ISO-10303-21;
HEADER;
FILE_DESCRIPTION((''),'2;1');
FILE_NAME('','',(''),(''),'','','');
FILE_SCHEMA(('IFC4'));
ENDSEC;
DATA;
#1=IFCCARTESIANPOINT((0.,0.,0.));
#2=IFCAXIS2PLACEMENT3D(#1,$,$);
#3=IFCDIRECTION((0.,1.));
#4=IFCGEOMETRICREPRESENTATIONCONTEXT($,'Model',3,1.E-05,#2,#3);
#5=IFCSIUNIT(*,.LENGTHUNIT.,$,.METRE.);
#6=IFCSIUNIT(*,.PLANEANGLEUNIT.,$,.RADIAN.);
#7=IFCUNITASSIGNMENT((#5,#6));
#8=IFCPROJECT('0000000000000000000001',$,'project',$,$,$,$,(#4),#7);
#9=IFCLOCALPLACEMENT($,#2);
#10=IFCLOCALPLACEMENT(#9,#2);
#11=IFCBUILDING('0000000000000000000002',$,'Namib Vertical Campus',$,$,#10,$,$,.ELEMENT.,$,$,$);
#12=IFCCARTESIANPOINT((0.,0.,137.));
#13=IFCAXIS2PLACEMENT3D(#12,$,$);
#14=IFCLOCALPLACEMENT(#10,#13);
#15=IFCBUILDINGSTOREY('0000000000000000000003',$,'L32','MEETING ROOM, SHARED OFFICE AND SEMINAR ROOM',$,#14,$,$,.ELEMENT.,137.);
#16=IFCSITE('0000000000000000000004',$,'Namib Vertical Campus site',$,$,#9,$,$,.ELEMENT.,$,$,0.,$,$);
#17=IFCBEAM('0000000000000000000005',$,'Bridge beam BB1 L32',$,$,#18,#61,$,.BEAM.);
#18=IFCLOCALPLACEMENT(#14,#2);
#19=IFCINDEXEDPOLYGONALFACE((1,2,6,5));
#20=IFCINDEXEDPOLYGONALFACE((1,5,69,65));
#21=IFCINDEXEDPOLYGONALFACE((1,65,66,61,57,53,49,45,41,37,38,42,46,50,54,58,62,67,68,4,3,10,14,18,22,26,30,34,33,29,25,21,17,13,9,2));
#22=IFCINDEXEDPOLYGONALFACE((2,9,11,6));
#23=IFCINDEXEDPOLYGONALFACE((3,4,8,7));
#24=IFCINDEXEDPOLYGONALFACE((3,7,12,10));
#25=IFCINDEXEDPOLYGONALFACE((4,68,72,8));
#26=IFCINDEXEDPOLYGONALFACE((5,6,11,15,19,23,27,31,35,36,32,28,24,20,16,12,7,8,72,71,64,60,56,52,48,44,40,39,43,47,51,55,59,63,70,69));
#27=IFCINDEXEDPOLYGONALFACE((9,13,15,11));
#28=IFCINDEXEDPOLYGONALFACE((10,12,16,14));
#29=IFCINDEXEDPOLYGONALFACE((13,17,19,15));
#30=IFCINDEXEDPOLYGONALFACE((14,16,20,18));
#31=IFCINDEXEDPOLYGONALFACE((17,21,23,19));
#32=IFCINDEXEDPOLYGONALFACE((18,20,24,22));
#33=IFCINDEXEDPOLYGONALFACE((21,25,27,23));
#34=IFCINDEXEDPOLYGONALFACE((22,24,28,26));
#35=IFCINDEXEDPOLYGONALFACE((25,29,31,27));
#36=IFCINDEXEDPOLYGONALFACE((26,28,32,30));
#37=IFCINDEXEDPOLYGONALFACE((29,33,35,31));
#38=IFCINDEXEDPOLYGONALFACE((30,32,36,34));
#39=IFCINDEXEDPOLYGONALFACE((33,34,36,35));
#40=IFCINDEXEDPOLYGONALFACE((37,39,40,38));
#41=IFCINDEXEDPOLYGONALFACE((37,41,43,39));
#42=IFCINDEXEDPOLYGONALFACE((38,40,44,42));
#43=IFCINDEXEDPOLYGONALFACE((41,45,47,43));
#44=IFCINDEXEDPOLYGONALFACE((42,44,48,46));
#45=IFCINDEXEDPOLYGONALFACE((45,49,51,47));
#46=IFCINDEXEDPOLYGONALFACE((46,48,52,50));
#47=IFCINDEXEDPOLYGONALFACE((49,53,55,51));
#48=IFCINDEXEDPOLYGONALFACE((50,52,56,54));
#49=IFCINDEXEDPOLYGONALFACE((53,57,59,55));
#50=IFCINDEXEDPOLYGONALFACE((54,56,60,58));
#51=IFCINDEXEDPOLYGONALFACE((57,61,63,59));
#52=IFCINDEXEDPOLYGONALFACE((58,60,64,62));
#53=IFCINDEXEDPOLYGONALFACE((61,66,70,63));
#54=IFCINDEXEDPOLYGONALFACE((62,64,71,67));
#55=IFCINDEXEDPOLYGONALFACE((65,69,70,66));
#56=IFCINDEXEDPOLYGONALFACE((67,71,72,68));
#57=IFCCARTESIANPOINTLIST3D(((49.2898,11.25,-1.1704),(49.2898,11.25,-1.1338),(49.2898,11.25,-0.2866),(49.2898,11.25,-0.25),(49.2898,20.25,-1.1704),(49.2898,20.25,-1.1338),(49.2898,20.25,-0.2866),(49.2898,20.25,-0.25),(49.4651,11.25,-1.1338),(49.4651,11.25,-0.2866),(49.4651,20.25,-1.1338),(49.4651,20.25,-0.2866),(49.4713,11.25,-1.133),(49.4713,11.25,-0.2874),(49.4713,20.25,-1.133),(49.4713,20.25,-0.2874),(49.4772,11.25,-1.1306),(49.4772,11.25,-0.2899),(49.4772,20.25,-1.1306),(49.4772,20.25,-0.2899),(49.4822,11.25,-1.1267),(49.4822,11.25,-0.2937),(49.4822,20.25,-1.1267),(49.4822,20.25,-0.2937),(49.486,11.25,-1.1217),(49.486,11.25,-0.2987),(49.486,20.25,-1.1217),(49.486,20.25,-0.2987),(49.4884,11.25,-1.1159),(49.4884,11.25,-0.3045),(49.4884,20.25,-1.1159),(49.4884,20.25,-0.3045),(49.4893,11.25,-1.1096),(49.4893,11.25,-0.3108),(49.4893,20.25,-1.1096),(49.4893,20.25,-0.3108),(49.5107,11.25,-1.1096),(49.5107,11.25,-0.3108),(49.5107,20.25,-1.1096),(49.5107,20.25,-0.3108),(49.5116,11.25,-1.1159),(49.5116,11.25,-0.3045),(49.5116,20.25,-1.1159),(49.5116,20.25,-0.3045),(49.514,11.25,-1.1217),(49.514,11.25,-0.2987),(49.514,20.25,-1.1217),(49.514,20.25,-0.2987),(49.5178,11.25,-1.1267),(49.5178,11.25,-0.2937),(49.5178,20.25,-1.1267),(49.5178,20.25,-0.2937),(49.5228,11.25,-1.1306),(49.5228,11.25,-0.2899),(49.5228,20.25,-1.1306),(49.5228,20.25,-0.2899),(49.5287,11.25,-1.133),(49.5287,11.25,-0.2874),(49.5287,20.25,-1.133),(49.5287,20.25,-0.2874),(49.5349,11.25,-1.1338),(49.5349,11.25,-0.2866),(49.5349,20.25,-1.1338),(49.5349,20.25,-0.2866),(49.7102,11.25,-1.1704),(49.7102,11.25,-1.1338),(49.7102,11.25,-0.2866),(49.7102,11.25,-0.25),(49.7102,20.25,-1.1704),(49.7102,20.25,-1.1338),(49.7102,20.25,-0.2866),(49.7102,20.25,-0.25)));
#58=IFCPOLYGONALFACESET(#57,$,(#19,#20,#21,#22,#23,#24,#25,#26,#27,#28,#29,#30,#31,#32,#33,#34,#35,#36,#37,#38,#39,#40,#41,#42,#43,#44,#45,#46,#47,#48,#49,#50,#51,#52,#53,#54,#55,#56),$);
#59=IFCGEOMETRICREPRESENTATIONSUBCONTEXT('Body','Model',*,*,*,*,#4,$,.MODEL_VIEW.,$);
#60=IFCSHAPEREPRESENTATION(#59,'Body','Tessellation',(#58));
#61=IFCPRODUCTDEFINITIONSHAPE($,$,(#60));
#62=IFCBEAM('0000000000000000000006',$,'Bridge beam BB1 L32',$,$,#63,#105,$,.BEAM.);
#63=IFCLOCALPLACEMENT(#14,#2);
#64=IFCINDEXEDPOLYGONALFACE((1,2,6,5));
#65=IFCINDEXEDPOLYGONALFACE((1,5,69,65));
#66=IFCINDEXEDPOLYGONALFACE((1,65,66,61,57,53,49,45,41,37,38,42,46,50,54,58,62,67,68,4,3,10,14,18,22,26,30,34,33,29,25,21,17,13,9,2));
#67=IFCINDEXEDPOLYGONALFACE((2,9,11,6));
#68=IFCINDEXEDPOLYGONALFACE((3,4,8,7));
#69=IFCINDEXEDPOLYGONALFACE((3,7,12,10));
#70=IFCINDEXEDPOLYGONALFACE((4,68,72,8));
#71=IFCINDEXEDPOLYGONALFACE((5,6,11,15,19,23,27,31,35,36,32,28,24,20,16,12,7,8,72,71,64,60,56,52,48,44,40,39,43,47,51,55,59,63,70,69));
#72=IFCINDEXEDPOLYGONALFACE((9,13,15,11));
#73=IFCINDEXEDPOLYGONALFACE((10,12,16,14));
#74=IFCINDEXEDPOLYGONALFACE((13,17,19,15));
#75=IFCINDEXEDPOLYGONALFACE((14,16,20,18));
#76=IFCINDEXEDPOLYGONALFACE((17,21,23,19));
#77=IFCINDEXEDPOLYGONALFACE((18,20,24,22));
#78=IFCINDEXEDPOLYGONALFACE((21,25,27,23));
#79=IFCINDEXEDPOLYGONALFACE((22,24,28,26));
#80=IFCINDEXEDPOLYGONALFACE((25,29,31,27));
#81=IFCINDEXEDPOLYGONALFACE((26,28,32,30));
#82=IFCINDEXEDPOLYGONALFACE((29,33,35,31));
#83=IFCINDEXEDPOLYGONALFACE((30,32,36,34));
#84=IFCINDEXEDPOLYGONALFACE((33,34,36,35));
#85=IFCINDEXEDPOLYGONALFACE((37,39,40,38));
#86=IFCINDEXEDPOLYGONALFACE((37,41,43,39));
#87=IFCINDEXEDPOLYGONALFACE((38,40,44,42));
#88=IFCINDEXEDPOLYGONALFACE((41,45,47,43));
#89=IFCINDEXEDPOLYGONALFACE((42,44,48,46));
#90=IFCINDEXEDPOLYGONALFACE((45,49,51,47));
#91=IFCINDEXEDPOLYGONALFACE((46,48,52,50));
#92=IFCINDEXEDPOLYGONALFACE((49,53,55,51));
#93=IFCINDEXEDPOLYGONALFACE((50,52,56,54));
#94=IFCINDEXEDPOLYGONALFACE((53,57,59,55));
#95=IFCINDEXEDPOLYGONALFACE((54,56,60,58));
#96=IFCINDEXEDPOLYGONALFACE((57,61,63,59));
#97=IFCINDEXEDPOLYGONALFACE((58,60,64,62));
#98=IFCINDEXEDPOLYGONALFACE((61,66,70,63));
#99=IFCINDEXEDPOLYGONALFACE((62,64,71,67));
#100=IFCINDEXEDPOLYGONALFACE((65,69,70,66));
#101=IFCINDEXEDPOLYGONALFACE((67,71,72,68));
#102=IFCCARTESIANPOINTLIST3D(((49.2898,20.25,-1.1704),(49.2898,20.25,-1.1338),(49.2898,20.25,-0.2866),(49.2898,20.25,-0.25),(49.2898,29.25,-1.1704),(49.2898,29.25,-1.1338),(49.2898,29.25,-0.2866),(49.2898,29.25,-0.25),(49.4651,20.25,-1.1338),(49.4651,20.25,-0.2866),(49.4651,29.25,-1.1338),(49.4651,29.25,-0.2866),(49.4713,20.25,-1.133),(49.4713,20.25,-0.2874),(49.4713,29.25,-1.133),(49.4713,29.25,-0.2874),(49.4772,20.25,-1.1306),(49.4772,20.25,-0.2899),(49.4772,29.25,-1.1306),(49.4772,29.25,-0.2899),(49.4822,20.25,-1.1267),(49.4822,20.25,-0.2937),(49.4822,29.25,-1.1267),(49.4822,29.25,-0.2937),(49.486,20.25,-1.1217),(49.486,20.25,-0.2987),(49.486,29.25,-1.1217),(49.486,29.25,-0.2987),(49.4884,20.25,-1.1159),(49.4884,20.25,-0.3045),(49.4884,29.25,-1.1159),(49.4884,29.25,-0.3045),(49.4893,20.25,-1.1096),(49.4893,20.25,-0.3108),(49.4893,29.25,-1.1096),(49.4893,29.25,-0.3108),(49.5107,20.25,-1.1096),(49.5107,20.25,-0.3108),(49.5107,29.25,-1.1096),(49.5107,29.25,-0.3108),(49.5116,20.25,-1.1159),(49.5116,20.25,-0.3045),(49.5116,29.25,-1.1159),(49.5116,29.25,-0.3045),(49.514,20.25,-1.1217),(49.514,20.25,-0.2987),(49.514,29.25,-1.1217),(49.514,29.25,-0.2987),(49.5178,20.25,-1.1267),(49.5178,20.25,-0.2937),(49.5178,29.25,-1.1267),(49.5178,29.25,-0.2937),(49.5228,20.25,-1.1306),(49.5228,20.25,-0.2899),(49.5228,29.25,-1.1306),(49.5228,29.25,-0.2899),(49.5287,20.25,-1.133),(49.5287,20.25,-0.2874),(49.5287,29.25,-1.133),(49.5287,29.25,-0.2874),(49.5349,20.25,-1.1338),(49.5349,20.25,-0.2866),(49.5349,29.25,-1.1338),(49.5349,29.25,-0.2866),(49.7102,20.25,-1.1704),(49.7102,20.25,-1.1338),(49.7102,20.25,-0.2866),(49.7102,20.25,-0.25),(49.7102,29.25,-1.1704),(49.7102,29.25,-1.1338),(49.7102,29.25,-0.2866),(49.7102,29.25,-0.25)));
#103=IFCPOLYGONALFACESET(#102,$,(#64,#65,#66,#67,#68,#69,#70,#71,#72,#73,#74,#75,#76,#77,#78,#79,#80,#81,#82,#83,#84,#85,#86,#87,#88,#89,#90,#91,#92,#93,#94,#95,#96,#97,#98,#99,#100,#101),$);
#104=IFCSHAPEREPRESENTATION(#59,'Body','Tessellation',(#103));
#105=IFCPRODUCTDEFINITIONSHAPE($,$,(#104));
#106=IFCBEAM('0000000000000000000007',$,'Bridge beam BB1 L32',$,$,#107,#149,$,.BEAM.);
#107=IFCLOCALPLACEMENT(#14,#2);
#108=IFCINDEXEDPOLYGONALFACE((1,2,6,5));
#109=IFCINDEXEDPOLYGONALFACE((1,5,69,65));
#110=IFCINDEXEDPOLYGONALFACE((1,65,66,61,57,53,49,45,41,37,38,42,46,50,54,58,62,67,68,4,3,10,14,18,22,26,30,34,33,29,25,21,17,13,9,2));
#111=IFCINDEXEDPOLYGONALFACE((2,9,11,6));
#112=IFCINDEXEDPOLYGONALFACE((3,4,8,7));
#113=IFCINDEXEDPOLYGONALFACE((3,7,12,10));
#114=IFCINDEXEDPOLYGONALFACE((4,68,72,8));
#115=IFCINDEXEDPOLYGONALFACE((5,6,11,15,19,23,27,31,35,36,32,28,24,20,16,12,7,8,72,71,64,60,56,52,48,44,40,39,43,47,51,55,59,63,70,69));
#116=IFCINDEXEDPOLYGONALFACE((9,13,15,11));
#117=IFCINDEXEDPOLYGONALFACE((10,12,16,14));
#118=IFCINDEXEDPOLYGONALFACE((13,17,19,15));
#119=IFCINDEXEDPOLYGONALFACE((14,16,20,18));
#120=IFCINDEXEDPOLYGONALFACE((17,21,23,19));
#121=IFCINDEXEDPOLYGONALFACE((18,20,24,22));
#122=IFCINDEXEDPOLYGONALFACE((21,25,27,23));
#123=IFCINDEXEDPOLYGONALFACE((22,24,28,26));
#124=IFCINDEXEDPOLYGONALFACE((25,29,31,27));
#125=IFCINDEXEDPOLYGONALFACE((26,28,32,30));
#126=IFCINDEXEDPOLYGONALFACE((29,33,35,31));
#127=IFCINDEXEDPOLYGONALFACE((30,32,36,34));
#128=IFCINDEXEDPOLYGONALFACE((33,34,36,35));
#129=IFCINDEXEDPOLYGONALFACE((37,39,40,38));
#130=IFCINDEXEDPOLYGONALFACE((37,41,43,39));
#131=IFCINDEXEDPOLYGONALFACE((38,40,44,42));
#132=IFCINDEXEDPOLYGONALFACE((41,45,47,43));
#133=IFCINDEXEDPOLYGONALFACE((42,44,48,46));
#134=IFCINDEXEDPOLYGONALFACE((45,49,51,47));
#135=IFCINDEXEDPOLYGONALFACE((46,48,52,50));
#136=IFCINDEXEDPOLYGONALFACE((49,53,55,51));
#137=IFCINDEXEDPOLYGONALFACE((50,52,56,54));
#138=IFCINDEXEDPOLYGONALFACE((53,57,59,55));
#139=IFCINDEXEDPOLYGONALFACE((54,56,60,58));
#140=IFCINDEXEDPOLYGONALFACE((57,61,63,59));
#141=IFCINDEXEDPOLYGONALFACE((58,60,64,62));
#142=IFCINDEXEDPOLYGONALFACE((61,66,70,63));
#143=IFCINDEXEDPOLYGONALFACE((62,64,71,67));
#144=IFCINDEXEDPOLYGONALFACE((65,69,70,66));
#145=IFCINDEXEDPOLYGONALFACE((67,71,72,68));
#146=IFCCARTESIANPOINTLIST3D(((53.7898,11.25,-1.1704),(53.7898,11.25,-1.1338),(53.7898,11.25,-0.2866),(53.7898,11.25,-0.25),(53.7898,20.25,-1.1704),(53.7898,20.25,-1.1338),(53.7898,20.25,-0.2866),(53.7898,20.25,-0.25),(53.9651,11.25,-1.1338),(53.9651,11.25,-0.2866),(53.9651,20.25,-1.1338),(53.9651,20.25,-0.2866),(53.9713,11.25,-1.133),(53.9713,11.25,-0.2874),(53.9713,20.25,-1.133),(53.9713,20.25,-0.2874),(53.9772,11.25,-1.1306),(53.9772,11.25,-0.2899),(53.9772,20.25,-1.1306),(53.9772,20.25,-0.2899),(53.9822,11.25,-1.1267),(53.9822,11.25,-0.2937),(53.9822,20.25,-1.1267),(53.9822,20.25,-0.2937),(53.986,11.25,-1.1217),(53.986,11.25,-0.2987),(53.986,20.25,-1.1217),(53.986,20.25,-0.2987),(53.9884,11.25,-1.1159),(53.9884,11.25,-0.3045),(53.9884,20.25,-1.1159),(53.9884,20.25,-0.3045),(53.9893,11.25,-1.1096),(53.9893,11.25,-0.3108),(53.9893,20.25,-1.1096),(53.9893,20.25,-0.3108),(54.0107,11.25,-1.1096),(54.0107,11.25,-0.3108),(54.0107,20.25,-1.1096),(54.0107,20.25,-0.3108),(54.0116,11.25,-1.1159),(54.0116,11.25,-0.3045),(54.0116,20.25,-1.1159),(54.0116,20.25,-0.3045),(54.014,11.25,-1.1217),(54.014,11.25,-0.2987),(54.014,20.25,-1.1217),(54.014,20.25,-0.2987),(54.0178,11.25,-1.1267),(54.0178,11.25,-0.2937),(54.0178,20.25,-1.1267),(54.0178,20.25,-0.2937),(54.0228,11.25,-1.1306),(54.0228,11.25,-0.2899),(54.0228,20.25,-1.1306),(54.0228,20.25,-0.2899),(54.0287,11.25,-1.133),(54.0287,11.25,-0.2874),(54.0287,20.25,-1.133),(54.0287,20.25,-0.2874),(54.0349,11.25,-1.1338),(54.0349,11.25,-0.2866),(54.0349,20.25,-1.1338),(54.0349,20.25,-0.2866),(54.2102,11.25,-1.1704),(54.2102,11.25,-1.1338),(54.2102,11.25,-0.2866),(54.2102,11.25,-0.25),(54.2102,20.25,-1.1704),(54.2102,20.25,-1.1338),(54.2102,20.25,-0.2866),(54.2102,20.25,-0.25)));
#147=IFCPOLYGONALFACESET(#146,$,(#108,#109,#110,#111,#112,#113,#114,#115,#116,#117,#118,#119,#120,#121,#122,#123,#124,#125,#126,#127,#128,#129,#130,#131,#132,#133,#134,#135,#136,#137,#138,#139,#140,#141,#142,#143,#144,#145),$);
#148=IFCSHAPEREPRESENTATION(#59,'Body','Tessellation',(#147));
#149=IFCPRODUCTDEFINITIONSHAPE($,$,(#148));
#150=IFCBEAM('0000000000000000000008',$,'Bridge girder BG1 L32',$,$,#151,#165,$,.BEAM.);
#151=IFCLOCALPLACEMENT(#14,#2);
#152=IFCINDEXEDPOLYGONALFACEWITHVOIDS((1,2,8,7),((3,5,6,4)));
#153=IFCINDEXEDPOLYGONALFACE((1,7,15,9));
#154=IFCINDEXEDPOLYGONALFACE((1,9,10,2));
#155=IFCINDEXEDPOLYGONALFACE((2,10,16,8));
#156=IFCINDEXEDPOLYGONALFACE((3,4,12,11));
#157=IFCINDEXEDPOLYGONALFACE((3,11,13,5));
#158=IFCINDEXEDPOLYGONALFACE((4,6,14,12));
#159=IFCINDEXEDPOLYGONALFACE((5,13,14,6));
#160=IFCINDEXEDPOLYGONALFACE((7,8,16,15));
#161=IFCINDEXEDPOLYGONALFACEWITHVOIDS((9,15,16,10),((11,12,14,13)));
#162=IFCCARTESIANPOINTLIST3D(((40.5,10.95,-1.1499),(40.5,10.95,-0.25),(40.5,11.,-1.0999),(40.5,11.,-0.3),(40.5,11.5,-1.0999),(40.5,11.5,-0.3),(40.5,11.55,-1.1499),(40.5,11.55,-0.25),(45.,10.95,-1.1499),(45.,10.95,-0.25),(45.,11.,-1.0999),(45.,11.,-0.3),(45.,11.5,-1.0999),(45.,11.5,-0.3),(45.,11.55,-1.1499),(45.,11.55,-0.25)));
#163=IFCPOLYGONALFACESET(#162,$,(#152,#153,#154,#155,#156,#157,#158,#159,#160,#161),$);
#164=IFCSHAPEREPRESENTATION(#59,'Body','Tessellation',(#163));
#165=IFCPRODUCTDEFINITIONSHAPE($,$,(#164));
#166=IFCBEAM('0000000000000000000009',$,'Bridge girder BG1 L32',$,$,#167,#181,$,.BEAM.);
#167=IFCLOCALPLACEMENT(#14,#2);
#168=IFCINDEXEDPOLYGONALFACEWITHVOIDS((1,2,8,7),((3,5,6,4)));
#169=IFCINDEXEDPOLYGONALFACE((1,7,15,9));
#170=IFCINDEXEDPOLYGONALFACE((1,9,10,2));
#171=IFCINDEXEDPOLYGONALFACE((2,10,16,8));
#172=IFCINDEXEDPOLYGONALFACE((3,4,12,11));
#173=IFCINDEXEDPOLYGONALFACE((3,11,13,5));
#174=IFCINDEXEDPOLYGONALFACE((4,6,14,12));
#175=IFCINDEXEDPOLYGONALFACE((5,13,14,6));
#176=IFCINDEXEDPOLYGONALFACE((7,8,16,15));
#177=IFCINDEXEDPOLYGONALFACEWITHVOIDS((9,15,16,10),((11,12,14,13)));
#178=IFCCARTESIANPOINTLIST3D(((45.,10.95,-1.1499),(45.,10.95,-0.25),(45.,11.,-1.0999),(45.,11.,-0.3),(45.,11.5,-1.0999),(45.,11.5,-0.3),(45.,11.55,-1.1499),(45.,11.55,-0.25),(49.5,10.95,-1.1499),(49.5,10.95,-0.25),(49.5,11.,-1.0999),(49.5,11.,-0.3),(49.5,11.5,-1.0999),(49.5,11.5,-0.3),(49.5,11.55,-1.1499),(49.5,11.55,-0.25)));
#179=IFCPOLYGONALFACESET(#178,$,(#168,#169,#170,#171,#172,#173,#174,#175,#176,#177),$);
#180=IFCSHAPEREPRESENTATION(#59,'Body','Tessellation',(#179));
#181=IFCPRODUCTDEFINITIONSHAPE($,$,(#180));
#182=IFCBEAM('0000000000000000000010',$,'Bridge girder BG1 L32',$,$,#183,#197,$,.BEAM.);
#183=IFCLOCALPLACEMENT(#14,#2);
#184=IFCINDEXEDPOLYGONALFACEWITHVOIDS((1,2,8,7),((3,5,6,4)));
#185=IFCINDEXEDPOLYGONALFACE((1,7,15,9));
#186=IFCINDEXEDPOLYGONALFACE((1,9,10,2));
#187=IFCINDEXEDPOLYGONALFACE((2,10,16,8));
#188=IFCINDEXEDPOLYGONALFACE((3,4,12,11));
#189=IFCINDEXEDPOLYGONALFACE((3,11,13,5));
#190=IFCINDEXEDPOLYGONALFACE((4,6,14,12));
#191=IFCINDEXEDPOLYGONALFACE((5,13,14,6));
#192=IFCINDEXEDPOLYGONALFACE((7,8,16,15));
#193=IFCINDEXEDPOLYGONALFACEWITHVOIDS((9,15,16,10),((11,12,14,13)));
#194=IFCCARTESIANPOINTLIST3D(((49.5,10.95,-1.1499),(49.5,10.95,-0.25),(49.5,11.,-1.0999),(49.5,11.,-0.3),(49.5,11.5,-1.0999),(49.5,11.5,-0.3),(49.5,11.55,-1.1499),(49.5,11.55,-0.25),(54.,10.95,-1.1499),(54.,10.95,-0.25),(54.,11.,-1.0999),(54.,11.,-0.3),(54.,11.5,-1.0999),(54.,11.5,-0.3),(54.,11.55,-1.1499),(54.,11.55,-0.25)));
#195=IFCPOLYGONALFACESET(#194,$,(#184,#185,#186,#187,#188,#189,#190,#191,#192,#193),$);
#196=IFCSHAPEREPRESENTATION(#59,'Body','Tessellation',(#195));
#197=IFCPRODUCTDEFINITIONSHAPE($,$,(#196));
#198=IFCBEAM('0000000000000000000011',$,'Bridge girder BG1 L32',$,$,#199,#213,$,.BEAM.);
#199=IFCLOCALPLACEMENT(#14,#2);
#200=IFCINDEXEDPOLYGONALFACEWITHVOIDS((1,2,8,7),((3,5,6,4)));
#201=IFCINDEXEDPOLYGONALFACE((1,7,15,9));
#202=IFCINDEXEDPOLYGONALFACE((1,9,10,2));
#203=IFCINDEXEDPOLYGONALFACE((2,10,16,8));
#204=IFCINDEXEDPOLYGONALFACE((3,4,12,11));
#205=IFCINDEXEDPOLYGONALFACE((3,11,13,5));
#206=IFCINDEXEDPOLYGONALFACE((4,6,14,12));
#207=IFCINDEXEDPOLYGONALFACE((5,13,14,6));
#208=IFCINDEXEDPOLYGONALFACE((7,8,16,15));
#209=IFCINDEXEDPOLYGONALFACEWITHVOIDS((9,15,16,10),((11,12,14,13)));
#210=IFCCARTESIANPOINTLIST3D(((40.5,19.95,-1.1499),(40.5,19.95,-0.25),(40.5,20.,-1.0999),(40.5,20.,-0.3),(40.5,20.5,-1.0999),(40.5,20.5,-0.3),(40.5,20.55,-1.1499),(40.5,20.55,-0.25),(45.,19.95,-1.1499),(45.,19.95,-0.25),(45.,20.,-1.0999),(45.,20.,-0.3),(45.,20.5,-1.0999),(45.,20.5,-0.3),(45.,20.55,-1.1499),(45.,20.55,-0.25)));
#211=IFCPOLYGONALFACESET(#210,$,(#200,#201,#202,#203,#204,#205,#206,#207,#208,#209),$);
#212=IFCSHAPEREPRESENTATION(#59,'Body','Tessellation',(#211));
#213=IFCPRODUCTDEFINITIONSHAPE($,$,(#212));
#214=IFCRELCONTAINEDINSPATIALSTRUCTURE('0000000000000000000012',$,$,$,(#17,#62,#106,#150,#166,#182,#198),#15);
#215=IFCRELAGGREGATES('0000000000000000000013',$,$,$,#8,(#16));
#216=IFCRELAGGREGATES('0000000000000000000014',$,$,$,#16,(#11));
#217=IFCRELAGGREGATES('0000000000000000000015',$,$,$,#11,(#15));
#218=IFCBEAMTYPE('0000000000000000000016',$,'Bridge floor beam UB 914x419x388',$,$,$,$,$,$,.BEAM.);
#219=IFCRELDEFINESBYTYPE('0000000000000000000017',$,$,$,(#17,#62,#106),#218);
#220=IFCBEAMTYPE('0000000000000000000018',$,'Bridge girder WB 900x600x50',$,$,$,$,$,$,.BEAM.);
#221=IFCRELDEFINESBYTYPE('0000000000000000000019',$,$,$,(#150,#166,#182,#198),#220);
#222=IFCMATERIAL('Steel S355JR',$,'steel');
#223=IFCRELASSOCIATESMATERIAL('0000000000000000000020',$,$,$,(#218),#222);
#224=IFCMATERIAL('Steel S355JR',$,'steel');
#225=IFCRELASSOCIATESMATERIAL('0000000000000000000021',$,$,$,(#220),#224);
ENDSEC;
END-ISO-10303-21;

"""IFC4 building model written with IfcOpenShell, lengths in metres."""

from ifc_helpers import new_model, si_unit, direction, frame, origin, origin_2d, place, context, subcontext, project, spatial, hollow_rectangle, i_section, extrude, material, material_profile, profile_set, type_object, element, save


model = new_model("IFC4")

# Units and contexts
model_context = context("Model", 3, precision=1e-05, world=origin(), true_north=direction((0.0, 1.0)))
body_context = subcontext(model_context, "Body", "Model", "MODEL_VIEW")
ifc_project = project(units=[si_unit("LENGTHUNIT", "METRE"), si_unit("PLANEANGLEUNIT", "RADIAN")], contexts=[model_context])

# Site, building, storey
site_placement = place(None, origin())
site = spatial("IfcSite", under=ifc_project, at=site_placement, Name="Namib Vertical Campus site", CompositionType="ELEMENT", RefElevation=0.0)
building_placement = place(site_placement, origin())
building = spatial("IfcBuilding", under=site, at=building_placement, Name="Namib Vertical Campus", CompositionType="ELEMENT")
storey_placement = place(building_placement, frame((0.0, 0.0, 137.0)))
storey = spatial("IfcBuildingStorey", under=building, at=storey_placement, Name="L32", Description="MEETING ROOM, SHARED OFFICE AND SEMINAR ROOM", CompositionType="ELEMENT", Elevation=137.0)

# Beams
ifc_material_1 = material(Name="Steel S355JR", Category="steel")
ifc_material_profile_1 = material_profile(ifc_material_1, i_section(OverallWidth=0.4204, OverallDepth=0.9204, WebThickness=0.0215, FlangeThickness=0.0366, FilletRadius=0.0242, at=origin_2d()))
ifc_profile_set_1 = profile_set([ifc_material_profile_1], Name="Steel S355JR")
beam_type_1 = type_object("IfcBeamType", Name="Bridge floor beam UB 914x419x388", PredefinedType="BEAM", material=ifc_profile_set_1)
for number, where, z_axis, x_axis, name in (
    (1, (49.5, 11.25, -0.7102), (0.0, 1.0, 0.0), (-1.0, 0.0, 0.0), "Bridge beam BB1 L32"),
    (2, (49.5, 20.25, -0.7102), (0.0, 1.0, 0.0), (-1.0, 0.0, 0.0), "Bridge beam BB1 L32"),
    (3, (54.0, 11.25, -0.7102), (0.0, 1.0, 0.0), (-1.0, 0.0, 0.0), "Bridge beam BB1 L32"),
):
    element("IfcBeam", number, at=place(storey_placement, frame(where, z_axis=z_axis, x_axis=x_axis)), inside=storey, type_object=beam_type_1, Name=name, PredefinedType="BEAM", context=body_context, shape_type="SweptSolid", body=[
        extrude(i_section(OverallWidth=0.4204, OverallDepth=0.9204, WebThickness=0.0215, FlangeThickness=0.0366, FilletRadius=0.0242, at=origin_2d()), origin(), (0.0, 0.0, 1.0), 9.0),
    ])
ifc_material_2 = material(Name="Steel S355JR", Category="steel")
ifc_material_profile_2 = material_profile(ifc_material_2, hollow_rectangle(XDim=0.6001, YDim=0.8999, WallThickness=0.05, at=origin_2d()))
ifc_profile_set_2 = profile_set([ifc_material_profile_2], Name="Steel S355JR")
beam_type_2 = type_object("IfcBeamType", Name="Bridge girder WB 900x600x50", PredefinedType="BEAM", material=ifc_profile_set_2)
for number, where, z_axis, x_axis, name in (
    (4, (40.5, 11.25, -0.7), (1.0, 0.0, 0.0), (0.0, 1.0, 0.0), "Bridge girder BG1 L32"),
    (5, (45.0, 11.25, -0.7), (1.0, 0.0, 0.0), (0.0, 1.0, 0.0), "Bridge girder BG1 L32"),
    (6, (49.5, 11.25, -0.7), (1.0, 0.0, 0.0), (0.0, 1.0, 0.0), "Bridge girder BG1 L32"),
    (7, (40.5, 20.25, -0.7), (1.0, 0.0, 0.0), (0.0, 1.0, 0.0), "Bridge girder BG1 L32"),
):
    element("IfcBeam", number, at=place(storey_placement, frame(where, z_axis=z_axis, x_axis=x_axis)), inside=storey, type_object=beam_type_2, Name=name, PredefinedType="BEAM", context=body_context, shape_type="SweptSolid", body=[
        extrude(hollow_rectangle(XDim=0.6001, YDim=0.8999, WallThickness=0.05, at=origin_2d()), origin(), (0.0, 0.0, 1.0), 4.5),
    ])

save(model, "model.ifc")
